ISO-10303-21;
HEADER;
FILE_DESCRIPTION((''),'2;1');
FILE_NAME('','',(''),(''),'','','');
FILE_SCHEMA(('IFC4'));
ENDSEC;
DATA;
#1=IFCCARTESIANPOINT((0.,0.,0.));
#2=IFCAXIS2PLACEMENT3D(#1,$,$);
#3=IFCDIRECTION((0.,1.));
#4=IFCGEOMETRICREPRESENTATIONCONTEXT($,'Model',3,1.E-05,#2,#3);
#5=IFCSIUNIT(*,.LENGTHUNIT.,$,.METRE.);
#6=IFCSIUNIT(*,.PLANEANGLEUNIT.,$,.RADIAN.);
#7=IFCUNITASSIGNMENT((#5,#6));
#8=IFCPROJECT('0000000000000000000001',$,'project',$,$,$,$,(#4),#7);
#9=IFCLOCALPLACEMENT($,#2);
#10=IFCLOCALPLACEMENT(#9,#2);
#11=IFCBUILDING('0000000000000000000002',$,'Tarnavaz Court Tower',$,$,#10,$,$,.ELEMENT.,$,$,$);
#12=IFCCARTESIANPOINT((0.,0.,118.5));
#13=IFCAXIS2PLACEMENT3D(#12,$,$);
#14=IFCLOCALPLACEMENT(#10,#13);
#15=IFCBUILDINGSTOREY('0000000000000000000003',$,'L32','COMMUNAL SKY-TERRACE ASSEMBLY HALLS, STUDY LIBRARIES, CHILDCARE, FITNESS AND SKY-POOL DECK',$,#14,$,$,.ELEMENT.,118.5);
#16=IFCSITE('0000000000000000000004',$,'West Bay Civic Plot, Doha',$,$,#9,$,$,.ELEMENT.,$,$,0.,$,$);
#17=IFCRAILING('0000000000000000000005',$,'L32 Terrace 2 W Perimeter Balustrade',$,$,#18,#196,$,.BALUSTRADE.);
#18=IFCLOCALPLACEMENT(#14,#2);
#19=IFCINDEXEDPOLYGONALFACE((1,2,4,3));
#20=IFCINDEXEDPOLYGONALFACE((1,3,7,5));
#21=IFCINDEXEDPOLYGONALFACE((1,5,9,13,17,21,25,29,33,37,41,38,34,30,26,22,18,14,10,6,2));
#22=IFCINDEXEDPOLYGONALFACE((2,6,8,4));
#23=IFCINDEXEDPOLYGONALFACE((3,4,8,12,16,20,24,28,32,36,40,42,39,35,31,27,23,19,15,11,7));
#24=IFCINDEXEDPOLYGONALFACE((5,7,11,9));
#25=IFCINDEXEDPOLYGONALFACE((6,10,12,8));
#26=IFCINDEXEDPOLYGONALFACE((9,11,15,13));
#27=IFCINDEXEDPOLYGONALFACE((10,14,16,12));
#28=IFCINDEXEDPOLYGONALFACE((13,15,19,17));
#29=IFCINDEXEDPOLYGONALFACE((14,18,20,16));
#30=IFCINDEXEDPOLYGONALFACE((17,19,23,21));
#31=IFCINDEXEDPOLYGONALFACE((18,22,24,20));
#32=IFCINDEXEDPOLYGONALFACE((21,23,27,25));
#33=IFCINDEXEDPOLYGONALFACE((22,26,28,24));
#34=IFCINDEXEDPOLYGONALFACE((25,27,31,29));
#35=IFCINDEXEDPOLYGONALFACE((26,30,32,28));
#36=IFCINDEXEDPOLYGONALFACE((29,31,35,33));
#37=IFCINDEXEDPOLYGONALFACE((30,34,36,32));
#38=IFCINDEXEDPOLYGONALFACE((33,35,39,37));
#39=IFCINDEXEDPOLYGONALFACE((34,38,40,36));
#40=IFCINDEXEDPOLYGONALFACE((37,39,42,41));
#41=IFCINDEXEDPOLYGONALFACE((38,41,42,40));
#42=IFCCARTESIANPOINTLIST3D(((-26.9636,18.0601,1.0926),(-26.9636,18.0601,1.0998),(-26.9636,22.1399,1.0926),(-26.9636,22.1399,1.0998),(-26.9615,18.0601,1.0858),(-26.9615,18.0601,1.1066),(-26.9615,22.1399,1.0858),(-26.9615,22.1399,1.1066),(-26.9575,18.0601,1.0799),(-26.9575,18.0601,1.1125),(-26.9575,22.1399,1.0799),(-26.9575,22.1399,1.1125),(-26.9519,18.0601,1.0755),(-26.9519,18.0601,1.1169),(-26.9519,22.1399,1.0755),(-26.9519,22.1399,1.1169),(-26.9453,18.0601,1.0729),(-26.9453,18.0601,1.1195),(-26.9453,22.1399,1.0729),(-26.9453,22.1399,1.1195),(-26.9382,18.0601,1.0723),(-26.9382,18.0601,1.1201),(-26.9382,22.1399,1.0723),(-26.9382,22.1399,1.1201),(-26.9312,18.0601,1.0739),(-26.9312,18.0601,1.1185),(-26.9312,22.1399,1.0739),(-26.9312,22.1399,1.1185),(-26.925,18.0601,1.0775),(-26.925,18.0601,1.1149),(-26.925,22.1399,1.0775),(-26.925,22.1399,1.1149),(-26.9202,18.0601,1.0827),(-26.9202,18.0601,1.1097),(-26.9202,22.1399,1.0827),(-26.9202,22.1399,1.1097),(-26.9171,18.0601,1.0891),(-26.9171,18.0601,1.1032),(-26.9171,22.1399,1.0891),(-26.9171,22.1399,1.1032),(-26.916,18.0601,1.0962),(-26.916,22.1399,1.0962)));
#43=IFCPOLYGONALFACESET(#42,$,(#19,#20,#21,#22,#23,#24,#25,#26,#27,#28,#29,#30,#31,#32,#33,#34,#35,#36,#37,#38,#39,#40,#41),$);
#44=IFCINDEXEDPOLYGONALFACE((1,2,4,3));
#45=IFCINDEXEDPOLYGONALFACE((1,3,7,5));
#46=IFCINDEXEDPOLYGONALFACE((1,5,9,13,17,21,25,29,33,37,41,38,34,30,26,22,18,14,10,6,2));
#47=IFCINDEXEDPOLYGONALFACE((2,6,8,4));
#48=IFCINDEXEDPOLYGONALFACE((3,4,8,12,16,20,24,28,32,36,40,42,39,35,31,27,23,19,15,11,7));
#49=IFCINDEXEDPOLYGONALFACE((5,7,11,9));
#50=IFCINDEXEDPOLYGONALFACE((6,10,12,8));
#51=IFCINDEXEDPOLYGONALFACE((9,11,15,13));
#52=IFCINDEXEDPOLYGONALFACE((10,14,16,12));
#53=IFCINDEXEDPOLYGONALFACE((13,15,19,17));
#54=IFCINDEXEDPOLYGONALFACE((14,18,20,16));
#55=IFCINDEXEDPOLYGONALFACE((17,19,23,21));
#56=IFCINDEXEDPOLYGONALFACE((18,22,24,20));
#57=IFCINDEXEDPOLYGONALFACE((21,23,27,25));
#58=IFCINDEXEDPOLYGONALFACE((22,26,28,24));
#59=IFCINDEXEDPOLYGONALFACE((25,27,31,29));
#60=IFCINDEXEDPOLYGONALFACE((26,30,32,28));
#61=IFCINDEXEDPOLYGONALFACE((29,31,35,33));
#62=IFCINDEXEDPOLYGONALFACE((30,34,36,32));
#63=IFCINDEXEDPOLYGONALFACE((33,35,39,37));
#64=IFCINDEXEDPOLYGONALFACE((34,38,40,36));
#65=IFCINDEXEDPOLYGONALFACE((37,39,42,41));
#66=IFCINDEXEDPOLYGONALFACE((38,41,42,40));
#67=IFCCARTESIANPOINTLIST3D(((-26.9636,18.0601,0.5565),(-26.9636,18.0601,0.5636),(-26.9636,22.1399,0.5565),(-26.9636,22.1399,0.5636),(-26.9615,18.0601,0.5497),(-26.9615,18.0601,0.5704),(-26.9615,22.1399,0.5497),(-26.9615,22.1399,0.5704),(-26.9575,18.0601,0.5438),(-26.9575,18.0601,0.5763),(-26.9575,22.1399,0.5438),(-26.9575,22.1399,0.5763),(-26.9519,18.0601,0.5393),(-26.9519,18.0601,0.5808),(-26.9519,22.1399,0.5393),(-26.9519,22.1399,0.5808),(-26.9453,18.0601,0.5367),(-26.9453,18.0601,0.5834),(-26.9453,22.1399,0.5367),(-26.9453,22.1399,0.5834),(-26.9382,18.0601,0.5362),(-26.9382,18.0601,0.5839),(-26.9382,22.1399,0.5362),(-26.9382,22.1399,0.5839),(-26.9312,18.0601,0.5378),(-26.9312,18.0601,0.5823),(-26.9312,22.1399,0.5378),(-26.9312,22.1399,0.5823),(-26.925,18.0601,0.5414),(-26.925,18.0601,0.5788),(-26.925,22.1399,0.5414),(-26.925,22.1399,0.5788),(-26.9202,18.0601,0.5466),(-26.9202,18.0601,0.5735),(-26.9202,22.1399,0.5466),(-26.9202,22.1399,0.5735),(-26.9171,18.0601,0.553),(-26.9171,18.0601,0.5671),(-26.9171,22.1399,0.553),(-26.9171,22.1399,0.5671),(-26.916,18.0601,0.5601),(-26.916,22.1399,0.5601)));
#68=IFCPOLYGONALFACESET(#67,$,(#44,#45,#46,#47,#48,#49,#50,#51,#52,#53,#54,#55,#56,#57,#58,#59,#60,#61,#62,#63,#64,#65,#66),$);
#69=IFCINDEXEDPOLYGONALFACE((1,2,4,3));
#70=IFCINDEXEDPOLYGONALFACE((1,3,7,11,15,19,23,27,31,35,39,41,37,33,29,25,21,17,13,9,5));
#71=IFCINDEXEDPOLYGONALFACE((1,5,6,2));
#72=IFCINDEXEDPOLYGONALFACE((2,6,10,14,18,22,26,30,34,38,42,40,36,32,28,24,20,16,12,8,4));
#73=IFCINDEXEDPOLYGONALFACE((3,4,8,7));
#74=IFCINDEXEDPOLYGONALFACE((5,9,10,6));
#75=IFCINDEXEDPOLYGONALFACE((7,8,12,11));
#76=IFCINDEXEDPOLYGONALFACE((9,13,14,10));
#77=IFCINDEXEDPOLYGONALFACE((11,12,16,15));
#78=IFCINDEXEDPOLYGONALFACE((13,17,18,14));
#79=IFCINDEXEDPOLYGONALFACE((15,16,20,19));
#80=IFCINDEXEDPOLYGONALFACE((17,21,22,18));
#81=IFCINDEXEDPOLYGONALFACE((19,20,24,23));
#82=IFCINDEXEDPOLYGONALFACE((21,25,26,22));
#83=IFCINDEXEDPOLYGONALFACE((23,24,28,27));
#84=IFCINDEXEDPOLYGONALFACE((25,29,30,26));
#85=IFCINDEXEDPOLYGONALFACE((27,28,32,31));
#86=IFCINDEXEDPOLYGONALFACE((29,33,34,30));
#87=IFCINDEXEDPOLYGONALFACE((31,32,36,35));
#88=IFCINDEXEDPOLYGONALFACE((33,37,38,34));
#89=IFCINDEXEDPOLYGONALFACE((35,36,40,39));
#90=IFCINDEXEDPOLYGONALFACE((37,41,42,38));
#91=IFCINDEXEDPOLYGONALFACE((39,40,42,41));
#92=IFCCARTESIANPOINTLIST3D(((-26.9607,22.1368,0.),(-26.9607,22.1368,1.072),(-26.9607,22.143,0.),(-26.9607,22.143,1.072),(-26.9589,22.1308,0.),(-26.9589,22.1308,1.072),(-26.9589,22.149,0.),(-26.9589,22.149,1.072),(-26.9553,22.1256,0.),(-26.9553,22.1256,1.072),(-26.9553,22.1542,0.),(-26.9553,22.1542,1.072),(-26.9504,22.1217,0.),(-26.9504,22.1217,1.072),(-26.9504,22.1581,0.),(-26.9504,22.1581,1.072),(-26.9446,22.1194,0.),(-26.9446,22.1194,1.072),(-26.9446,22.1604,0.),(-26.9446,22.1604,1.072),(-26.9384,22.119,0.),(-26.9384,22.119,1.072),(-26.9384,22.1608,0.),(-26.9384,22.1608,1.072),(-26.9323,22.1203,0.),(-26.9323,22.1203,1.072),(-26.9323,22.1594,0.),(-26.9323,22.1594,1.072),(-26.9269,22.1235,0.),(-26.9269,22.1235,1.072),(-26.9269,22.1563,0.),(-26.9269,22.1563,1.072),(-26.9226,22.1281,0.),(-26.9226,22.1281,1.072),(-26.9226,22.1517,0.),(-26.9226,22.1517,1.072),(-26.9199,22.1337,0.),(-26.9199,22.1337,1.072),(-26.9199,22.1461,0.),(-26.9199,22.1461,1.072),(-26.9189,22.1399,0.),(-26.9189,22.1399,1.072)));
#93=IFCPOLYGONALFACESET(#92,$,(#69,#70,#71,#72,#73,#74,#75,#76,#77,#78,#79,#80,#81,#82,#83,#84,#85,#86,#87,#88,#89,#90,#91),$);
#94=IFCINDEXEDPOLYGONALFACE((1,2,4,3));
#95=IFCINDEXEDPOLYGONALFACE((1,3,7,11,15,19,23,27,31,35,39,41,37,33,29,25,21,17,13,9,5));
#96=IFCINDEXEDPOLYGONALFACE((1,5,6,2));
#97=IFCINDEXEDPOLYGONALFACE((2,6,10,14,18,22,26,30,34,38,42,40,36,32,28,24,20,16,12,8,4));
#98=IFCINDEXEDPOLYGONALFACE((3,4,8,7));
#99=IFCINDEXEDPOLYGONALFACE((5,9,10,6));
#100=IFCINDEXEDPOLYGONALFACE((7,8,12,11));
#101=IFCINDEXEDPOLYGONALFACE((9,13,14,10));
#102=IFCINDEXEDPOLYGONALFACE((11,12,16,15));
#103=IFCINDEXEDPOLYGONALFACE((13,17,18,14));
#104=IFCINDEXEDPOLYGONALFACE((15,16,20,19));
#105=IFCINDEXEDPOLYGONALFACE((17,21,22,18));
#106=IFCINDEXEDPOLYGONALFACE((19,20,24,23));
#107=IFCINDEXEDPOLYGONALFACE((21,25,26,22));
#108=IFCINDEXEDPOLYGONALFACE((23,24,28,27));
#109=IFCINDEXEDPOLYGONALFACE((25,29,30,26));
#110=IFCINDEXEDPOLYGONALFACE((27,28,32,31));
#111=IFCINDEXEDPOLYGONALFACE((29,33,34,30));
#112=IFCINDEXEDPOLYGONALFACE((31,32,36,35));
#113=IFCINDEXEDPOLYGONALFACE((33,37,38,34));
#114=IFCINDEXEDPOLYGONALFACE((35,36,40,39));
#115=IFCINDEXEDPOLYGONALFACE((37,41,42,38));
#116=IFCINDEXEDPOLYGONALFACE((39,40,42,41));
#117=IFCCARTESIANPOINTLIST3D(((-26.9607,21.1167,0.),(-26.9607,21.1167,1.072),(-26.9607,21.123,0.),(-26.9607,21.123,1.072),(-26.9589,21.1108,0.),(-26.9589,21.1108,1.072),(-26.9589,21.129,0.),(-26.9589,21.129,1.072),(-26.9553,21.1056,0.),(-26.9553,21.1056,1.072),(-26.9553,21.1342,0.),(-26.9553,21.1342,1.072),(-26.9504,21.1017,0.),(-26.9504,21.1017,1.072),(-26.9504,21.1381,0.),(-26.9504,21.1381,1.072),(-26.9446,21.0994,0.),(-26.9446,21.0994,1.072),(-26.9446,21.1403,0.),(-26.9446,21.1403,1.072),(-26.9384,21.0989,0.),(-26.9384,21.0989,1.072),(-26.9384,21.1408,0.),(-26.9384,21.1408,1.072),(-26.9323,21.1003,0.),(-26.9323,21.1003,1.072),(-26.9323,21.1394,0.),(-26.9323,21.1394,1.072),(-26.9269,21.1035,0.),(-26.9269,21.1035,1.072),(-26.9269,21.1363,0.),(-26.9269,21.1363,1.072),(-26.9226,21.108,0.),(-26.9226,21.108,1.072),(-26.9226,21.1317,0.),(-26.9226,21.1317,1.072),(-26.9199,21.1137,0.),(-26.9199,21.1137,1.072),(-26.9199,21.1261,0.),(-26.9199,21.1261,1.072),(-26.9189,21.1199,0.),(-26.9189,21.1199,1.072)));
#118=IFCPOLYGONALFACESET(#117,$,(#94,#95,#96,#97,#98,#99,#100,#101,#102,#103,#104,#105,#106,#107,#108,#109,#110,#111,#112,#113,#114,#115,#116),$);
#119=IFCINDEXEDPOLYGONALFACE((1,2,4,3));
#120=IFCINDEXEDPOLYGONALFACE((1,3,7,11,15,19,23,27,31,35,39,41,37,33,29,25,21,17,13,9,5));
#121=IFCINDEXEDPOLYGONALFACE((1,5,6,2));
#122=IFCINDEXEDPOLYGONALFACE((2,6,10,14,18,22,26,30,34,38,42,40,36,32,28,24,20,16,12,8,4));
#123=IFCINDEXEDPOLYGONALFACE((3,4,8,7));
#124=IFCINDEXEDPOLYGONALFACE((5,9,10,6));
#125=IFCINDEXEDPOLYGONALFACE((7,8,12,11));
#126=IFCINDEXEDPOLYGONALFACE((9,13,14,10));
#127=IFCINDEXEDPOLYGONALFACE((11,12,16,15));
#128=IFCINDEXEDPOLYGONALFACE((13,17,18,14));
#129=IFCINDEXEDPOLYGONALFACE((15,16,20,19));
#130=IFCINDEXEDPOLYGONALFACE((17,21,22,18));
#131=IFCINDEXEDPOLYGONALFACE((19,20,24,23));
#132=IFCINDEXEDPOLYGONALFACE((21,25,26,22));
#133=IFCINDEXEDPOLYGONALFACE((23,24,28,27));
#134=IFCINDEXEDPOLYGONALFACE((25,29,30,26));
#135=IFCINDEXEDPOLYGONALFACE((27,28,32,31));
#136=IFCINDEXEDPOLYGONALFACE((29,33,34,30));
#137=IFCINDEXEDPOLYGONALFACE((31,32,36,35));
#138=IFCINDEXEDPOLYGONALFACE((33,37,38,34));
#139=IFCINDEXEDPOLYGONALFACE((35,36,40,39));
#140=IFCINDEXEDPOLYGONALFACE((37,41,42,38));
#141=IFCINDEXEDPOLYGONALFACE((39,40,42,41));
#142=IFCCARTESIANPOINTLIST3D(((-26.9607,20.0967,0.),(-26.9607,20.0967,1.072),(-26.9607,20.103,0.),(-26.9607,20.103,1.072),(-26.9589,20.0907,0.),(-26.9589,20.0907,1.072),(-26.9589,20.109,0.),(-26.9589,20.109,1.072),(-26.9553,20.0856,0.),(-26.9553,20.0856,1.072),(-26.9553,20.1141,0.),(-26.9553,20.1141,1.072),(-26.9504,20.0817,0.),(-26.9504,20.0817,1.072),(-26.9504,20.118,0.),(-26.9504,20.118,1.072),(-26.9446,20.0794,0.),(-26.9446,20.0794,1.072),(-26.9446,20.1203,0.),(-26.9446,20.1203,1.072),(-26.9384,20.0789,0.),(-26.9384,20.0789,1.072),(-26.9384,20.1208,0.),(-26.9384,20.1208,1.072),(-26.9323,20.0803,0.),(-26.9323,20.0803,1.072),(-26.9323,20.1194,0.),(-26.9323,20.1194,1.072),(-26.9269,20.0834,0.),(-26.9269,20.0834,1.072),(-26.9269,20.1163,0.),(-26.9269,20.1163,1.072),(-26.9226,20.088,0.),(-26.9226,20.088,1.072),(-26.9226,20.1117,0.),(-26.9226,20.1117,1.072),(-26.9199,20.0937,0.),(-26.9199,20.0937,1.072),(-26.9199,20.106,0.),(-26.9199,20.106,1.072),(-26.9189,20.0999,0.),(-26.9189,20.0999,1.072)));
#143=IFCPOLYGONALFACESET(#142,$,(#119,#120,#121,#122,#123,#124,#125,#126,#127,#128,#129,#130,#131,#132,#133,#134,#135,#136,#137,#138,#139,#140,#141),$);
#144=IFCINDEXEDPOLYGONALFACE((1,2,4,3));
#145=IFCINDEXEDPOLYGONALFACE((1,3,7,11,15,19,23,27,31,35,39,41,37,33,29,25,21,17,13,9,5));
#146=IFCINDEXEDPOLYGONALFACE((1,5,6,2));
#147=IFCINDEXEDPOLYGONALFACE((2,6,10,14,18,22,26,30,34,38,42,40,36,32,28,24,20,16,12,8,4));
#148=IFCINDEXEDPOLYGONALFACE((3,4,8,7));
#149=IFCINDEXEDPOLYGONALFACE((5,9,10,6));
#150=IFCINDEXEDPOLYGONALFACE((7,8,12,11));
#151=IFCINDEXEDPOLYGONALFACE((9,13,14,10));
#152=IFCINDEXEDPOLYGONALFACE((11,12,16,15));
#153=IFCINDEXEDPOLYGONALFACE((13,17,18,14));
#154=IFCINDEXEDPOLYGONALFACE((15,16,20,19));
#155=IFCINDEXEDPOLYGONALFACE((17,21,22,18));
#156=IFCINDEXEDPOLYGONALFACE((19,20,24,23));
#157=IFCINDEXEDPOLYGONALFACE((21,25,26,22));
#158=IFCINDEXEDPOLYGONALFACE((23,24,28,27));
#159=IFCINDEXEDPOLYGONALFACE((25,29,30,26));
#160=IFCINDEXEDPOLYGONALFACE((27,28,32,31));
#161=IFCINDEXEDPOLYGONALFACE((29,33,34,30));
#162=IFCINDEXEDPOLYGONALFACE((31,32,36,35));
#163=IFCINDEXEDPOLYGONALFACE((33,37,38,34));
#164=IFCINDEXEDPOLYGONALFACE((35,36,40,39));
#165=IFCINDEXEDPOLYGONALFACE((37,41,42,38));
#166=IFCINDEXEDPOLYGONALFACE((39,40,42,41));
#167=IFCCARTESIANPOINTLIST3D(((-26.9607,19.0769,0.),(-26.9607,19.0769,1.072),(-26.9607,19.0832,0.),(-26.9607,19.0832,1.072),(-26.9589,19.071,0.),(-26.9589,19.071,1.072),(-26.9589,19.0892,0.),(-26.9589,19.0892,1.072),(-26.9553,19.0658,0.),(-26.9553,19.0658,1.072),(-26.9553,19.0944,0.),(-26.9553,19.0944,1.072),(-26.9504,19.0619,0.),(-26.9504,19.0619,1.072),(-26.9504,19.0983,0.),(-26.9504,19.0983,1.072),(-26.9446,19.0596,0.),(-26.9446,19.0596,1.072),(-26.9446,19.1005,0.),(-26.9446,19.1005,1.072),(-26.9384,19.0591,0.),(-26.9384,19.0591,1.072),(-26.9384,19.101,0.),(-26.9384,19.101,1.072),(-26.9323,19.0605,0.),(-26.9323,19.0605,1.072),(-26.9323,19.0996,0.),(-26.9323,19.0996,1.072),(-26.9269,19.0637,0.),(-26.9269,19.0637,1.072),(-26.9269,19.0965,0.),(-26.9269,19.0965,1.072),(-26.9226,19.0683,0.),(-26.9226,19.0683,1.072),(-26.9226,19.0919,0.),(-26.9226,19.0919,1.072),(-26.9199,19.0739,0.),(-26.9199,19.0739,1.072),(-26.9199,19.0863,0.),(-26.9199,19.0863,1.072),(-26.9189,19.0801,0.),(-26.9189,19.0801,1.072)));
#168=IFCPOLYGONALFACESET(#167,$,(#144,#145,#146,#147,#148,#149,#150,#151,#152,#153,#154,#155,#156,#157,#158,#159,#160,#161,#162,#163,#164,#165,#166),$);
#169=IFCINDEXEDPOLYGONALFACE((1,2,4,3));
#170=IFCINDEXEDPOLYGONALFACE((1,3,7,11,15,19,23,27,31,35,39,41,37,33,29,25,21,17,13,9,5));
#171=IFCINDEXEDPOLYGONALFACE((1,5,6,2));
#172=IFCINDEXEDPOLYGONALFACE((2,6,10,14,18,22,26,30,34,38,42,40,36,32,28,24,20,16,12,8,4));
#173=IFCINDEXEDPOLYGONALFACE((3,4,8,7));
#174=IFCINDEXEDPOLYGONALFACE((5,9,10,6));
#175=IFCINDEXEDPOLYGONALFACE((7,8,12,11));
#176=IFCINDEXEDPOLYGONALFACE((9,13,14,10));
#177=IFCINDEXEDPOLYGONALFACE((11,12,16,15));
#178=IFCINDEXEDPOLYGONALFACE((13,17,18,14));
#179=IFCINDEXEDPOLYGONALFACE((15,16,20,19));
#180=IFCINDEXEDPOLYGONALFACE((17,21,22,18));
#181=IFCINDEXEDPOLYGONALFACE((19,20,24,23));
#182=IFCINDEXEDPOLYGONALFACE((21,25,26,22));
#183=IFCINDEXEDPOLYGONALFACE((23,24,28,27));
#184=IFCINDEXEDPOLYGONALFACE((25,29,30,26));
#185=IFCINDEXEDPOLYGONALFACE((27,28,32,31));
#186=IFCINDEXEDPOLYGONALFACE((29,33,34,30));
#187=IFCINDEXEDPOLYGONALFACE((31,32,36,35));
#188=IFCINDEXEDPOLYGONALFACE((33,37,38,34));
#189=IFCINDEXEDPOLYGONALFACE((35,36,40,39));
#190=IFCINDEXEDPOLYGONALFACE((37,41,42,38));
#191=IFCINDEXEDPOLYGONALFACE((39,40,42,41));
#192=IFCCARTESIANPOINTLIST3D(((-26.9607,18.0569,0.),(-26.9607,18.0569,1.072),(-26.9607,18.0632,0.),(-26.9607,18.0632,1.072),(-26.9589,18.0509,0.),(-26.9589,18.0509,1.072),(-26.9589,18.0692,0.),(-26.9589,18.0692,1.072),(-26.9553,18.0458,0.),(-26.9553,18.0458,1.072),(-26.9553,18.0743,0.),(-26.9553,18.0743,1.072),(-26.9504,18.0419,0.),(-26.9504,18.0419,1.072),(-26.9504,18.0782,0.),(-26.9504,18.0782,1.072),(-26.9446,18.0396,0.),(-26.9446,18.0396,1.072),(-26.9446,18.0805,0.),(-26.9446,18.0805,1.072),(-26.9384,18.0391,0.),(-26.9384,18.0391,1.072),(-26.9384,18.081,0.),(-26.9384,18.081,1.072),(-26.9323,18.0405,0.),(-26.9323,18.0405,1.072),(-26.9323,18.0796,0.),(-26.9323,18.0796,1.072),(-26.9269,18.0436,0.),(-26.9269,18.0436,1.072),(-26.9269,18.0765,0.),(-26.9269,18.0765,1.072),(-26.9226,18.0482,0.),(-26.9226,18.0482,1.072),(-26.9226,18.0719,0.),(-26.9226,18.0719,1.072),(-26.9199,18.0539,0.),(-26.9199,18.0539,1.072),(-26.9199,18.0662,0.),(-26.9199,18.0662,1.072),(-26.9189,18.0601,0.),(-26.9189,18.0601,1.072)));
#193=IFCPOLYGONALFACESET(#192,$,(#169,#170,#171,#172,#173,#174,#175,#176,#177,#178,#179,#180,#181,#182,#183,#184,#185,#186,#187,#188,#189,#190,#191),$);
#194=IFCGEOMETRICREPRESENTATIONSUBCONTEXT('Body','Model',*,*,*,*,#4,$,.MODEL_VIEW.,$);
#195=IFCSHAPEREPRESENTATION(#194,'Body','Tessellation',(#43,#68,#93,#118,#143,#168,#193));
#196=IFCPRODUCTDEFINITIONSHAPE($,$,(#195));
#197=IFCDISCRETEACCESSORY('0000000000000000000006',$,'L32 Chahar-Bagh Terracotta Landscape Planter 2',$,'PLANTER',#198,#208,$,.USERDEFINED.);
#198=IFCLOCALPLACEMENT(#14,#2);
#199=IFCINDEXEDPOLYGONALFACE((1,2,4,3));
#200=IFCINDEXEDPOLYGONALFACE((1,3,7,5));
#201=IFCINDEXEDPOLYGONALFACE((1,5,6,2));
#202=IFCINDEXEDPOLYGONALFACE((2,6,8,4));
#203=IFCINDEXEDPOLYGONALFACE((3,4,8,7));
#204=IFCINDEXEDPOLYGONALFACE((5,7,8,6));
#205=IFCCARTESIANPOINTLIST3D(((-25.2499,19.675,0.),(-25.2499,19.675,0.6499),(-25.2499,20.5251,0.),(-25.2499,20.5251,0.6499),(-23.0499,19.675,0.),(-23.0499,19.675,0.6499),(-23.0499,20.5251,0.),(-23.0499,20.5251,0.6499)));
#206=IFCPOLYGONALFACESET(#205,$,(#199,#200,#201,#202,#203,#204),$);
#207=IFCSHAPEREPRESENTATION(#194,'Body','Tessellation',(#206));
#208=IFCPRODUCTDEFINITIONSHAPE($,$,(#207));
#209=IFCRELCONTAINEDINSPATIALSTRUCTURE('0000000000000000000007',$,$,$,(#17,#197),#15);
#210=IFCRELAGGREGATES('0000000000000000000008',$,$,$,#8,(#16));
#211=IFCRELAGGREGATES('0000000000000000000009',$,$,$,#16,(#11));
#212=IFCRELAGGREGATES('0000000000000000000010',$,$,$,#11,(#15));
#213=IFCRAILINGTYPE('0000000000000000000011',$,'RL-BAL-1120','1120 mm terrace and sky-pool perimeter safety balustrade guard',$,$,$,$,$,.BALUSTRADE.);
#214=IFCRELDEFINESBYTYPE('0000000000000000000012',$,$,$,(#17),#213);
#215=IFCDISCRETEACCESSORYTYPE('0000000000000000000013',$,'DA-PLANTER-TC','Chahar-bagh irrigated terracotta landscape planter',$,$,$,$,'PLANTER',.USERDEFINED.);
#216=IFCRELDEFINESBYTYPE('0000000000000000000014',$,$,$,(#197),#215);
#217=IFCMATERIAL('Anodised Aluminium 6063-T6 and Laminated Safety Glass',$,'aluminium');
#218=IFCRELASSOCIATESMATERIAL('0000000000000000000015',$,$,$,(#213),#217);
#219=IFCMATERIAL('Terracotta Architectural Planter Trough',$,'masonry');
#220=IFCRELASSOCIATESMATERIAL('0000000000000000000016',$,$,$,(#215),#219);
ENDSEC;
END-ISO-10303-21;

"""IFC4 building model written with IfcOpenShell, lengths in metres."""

from ifc_helpers import new_model, si_unit, direction, frame, origin, origin_2d, place, context, subcontext, project, spatial, rectangle, circle, extrude, material, type_object, element, save


model = new_model("IFC4")

# Units and contexts
model_context = context("Model", 3, precision=1e-05, world=origin(), true_north=direction((0.0, 1.0)))
body_context = subcontext(model_context, "Body", "Model", "MODEL_VIEW")
ifc_project = project(units=[si_unit("LENGTHUNIT", "METRE"), si_unit("PLANEANGLEUNIT", "RADIAN")], contexts=[model_context])

# Site, building, storey
site_placement = place(None, origin())
site = spatial("IfcSite", under=ifc_project, at=site_placement, Name="West Bay Civic Plot, Doha", CompositionType="ELEMENT", RefElevation=0.0)
building_placement = place(site_placement, origin())
building = spatial("IfcBuilding", under=site, at=building_placement, Name="Tarnavaz Court Tower", CompositionType="ELEMENT")
storey_placement = place(building_placement, frame((0.0, 0.0, 118.5)))
storey = spatial("IfcBuildingStorey", under=building, at=storey_placement, Name="L32", Description="COMMUNAL SKY-TERRACE ASSEMBLY HALLS, STUDY LIBRARIES, CHILDCARE, FITNESS AND SKY-POOL DECK", CompositionType="ELEMENT", Elevation=118.5)

# Railing
ifc_material_1 = material(Name="Anodised Aluminium 6063-T6 and Laminated Safety Glass", Category="aluminium")
railing_type = type_object("IfcRailingType", Name="RL-BAL-1120", Description="1120 mm terrace and sky-pool perimeter safety balustrade guard", PredefinedType="BALUSTRADE", material=ifc_material_1)
railing_1_placement = place(storey_placement, frame((-26.9399, 22.1399, 0.0)))
element("IfcRailing", 1, at=railing_1_placement, inside=storey, type_object=railing_type, Name="L32 Terrace 2 W Perimeter Balustrade", PredefinedType="BALUSTRADE", context=body_context, shape_type="SweptSolid", body=[
    extrude(circle(Radius=0.0239, at=origin_2d()), frame((0.0, 0.0, 1.0962), z_axis=(0.0, -1.0, 0.0), x_axis=(1.0, 0.0, 0.0)), (0.0, 0.0, 1.0), 4.0798),
    extrude(circle(Radius=0.0239, at=origin_2d()), frame((0.0, 0.0, 0.5601), z_axis=(0.0, -1.0, 0.0), x_axis=(1.0, 0.0, 0.0)), (0.0, 0.0, 1.0), 4.0798),
    extrude(circle(Radius=0.021, at=origin_2d()), origin(), (0.0, 0.0, 1.0), 1.072),
    extrude(circle(Radius=0.021, at=origin_2d()), frame((0.0, -1.02, 0.0)), (0.0, 0.0, 1.0), 1.072),
    extrude(circle(Radius=0.021, at=origin_2d()), frame((0.0, -2.04, 0.0)), (0.0, 0.0, 1.0), 1.072),
    extrude(circle(Radius=0.021, at=origin_2d()), frame((0.0, -3.0598, 0.0)), (0.0, 0.0, 1.0), 1.072),
    extrude(circle(Radius=0.021, at=origin_2d()), frame((0.0, -4.0798, 0.0)), (0.0, 0.0, 1.0), 1.072),
])

# Discrete accessory
ifc_material_2 = material(Name="Terracotta Architectural Planter Trough", Category="masonry")
discrete_accessory_type = type_object("IfcDiscreteAccessoryType", Name="DA-PLANTER-TC", Description="Chahar-bagh irrigated terracotta landscape planter", ElementType="PLANTER", PredefinedType="USERDEFINED", material=ifc_material_2)
discrete_accessory_placement = place(storey_placement, frame((-24.1499, 20.1001, 0.0), z_axis=(0.0, 0.0, 1.0), x_axis=(1.0, 0.0, 0.0)))
element("IfcDiscreteAccessory", 2, at=discrete_accessory_placement, inside=storey, type_object=discrete_accessory_type, Name="L32 Chahar-Bagh Terracotta Landscape Planter 2", ObjectType="PLANTER", PredefinedType="USERDEFINED", context=body_context, shape_type="SweptSolid", body=[
    extrude(rectangle(XDim=2.2, YDim=0.8501, at=origin_2d()), origin(), (0.0, 0.0, 1.0), 0.6499),
])

save(model, "model.ifc")
